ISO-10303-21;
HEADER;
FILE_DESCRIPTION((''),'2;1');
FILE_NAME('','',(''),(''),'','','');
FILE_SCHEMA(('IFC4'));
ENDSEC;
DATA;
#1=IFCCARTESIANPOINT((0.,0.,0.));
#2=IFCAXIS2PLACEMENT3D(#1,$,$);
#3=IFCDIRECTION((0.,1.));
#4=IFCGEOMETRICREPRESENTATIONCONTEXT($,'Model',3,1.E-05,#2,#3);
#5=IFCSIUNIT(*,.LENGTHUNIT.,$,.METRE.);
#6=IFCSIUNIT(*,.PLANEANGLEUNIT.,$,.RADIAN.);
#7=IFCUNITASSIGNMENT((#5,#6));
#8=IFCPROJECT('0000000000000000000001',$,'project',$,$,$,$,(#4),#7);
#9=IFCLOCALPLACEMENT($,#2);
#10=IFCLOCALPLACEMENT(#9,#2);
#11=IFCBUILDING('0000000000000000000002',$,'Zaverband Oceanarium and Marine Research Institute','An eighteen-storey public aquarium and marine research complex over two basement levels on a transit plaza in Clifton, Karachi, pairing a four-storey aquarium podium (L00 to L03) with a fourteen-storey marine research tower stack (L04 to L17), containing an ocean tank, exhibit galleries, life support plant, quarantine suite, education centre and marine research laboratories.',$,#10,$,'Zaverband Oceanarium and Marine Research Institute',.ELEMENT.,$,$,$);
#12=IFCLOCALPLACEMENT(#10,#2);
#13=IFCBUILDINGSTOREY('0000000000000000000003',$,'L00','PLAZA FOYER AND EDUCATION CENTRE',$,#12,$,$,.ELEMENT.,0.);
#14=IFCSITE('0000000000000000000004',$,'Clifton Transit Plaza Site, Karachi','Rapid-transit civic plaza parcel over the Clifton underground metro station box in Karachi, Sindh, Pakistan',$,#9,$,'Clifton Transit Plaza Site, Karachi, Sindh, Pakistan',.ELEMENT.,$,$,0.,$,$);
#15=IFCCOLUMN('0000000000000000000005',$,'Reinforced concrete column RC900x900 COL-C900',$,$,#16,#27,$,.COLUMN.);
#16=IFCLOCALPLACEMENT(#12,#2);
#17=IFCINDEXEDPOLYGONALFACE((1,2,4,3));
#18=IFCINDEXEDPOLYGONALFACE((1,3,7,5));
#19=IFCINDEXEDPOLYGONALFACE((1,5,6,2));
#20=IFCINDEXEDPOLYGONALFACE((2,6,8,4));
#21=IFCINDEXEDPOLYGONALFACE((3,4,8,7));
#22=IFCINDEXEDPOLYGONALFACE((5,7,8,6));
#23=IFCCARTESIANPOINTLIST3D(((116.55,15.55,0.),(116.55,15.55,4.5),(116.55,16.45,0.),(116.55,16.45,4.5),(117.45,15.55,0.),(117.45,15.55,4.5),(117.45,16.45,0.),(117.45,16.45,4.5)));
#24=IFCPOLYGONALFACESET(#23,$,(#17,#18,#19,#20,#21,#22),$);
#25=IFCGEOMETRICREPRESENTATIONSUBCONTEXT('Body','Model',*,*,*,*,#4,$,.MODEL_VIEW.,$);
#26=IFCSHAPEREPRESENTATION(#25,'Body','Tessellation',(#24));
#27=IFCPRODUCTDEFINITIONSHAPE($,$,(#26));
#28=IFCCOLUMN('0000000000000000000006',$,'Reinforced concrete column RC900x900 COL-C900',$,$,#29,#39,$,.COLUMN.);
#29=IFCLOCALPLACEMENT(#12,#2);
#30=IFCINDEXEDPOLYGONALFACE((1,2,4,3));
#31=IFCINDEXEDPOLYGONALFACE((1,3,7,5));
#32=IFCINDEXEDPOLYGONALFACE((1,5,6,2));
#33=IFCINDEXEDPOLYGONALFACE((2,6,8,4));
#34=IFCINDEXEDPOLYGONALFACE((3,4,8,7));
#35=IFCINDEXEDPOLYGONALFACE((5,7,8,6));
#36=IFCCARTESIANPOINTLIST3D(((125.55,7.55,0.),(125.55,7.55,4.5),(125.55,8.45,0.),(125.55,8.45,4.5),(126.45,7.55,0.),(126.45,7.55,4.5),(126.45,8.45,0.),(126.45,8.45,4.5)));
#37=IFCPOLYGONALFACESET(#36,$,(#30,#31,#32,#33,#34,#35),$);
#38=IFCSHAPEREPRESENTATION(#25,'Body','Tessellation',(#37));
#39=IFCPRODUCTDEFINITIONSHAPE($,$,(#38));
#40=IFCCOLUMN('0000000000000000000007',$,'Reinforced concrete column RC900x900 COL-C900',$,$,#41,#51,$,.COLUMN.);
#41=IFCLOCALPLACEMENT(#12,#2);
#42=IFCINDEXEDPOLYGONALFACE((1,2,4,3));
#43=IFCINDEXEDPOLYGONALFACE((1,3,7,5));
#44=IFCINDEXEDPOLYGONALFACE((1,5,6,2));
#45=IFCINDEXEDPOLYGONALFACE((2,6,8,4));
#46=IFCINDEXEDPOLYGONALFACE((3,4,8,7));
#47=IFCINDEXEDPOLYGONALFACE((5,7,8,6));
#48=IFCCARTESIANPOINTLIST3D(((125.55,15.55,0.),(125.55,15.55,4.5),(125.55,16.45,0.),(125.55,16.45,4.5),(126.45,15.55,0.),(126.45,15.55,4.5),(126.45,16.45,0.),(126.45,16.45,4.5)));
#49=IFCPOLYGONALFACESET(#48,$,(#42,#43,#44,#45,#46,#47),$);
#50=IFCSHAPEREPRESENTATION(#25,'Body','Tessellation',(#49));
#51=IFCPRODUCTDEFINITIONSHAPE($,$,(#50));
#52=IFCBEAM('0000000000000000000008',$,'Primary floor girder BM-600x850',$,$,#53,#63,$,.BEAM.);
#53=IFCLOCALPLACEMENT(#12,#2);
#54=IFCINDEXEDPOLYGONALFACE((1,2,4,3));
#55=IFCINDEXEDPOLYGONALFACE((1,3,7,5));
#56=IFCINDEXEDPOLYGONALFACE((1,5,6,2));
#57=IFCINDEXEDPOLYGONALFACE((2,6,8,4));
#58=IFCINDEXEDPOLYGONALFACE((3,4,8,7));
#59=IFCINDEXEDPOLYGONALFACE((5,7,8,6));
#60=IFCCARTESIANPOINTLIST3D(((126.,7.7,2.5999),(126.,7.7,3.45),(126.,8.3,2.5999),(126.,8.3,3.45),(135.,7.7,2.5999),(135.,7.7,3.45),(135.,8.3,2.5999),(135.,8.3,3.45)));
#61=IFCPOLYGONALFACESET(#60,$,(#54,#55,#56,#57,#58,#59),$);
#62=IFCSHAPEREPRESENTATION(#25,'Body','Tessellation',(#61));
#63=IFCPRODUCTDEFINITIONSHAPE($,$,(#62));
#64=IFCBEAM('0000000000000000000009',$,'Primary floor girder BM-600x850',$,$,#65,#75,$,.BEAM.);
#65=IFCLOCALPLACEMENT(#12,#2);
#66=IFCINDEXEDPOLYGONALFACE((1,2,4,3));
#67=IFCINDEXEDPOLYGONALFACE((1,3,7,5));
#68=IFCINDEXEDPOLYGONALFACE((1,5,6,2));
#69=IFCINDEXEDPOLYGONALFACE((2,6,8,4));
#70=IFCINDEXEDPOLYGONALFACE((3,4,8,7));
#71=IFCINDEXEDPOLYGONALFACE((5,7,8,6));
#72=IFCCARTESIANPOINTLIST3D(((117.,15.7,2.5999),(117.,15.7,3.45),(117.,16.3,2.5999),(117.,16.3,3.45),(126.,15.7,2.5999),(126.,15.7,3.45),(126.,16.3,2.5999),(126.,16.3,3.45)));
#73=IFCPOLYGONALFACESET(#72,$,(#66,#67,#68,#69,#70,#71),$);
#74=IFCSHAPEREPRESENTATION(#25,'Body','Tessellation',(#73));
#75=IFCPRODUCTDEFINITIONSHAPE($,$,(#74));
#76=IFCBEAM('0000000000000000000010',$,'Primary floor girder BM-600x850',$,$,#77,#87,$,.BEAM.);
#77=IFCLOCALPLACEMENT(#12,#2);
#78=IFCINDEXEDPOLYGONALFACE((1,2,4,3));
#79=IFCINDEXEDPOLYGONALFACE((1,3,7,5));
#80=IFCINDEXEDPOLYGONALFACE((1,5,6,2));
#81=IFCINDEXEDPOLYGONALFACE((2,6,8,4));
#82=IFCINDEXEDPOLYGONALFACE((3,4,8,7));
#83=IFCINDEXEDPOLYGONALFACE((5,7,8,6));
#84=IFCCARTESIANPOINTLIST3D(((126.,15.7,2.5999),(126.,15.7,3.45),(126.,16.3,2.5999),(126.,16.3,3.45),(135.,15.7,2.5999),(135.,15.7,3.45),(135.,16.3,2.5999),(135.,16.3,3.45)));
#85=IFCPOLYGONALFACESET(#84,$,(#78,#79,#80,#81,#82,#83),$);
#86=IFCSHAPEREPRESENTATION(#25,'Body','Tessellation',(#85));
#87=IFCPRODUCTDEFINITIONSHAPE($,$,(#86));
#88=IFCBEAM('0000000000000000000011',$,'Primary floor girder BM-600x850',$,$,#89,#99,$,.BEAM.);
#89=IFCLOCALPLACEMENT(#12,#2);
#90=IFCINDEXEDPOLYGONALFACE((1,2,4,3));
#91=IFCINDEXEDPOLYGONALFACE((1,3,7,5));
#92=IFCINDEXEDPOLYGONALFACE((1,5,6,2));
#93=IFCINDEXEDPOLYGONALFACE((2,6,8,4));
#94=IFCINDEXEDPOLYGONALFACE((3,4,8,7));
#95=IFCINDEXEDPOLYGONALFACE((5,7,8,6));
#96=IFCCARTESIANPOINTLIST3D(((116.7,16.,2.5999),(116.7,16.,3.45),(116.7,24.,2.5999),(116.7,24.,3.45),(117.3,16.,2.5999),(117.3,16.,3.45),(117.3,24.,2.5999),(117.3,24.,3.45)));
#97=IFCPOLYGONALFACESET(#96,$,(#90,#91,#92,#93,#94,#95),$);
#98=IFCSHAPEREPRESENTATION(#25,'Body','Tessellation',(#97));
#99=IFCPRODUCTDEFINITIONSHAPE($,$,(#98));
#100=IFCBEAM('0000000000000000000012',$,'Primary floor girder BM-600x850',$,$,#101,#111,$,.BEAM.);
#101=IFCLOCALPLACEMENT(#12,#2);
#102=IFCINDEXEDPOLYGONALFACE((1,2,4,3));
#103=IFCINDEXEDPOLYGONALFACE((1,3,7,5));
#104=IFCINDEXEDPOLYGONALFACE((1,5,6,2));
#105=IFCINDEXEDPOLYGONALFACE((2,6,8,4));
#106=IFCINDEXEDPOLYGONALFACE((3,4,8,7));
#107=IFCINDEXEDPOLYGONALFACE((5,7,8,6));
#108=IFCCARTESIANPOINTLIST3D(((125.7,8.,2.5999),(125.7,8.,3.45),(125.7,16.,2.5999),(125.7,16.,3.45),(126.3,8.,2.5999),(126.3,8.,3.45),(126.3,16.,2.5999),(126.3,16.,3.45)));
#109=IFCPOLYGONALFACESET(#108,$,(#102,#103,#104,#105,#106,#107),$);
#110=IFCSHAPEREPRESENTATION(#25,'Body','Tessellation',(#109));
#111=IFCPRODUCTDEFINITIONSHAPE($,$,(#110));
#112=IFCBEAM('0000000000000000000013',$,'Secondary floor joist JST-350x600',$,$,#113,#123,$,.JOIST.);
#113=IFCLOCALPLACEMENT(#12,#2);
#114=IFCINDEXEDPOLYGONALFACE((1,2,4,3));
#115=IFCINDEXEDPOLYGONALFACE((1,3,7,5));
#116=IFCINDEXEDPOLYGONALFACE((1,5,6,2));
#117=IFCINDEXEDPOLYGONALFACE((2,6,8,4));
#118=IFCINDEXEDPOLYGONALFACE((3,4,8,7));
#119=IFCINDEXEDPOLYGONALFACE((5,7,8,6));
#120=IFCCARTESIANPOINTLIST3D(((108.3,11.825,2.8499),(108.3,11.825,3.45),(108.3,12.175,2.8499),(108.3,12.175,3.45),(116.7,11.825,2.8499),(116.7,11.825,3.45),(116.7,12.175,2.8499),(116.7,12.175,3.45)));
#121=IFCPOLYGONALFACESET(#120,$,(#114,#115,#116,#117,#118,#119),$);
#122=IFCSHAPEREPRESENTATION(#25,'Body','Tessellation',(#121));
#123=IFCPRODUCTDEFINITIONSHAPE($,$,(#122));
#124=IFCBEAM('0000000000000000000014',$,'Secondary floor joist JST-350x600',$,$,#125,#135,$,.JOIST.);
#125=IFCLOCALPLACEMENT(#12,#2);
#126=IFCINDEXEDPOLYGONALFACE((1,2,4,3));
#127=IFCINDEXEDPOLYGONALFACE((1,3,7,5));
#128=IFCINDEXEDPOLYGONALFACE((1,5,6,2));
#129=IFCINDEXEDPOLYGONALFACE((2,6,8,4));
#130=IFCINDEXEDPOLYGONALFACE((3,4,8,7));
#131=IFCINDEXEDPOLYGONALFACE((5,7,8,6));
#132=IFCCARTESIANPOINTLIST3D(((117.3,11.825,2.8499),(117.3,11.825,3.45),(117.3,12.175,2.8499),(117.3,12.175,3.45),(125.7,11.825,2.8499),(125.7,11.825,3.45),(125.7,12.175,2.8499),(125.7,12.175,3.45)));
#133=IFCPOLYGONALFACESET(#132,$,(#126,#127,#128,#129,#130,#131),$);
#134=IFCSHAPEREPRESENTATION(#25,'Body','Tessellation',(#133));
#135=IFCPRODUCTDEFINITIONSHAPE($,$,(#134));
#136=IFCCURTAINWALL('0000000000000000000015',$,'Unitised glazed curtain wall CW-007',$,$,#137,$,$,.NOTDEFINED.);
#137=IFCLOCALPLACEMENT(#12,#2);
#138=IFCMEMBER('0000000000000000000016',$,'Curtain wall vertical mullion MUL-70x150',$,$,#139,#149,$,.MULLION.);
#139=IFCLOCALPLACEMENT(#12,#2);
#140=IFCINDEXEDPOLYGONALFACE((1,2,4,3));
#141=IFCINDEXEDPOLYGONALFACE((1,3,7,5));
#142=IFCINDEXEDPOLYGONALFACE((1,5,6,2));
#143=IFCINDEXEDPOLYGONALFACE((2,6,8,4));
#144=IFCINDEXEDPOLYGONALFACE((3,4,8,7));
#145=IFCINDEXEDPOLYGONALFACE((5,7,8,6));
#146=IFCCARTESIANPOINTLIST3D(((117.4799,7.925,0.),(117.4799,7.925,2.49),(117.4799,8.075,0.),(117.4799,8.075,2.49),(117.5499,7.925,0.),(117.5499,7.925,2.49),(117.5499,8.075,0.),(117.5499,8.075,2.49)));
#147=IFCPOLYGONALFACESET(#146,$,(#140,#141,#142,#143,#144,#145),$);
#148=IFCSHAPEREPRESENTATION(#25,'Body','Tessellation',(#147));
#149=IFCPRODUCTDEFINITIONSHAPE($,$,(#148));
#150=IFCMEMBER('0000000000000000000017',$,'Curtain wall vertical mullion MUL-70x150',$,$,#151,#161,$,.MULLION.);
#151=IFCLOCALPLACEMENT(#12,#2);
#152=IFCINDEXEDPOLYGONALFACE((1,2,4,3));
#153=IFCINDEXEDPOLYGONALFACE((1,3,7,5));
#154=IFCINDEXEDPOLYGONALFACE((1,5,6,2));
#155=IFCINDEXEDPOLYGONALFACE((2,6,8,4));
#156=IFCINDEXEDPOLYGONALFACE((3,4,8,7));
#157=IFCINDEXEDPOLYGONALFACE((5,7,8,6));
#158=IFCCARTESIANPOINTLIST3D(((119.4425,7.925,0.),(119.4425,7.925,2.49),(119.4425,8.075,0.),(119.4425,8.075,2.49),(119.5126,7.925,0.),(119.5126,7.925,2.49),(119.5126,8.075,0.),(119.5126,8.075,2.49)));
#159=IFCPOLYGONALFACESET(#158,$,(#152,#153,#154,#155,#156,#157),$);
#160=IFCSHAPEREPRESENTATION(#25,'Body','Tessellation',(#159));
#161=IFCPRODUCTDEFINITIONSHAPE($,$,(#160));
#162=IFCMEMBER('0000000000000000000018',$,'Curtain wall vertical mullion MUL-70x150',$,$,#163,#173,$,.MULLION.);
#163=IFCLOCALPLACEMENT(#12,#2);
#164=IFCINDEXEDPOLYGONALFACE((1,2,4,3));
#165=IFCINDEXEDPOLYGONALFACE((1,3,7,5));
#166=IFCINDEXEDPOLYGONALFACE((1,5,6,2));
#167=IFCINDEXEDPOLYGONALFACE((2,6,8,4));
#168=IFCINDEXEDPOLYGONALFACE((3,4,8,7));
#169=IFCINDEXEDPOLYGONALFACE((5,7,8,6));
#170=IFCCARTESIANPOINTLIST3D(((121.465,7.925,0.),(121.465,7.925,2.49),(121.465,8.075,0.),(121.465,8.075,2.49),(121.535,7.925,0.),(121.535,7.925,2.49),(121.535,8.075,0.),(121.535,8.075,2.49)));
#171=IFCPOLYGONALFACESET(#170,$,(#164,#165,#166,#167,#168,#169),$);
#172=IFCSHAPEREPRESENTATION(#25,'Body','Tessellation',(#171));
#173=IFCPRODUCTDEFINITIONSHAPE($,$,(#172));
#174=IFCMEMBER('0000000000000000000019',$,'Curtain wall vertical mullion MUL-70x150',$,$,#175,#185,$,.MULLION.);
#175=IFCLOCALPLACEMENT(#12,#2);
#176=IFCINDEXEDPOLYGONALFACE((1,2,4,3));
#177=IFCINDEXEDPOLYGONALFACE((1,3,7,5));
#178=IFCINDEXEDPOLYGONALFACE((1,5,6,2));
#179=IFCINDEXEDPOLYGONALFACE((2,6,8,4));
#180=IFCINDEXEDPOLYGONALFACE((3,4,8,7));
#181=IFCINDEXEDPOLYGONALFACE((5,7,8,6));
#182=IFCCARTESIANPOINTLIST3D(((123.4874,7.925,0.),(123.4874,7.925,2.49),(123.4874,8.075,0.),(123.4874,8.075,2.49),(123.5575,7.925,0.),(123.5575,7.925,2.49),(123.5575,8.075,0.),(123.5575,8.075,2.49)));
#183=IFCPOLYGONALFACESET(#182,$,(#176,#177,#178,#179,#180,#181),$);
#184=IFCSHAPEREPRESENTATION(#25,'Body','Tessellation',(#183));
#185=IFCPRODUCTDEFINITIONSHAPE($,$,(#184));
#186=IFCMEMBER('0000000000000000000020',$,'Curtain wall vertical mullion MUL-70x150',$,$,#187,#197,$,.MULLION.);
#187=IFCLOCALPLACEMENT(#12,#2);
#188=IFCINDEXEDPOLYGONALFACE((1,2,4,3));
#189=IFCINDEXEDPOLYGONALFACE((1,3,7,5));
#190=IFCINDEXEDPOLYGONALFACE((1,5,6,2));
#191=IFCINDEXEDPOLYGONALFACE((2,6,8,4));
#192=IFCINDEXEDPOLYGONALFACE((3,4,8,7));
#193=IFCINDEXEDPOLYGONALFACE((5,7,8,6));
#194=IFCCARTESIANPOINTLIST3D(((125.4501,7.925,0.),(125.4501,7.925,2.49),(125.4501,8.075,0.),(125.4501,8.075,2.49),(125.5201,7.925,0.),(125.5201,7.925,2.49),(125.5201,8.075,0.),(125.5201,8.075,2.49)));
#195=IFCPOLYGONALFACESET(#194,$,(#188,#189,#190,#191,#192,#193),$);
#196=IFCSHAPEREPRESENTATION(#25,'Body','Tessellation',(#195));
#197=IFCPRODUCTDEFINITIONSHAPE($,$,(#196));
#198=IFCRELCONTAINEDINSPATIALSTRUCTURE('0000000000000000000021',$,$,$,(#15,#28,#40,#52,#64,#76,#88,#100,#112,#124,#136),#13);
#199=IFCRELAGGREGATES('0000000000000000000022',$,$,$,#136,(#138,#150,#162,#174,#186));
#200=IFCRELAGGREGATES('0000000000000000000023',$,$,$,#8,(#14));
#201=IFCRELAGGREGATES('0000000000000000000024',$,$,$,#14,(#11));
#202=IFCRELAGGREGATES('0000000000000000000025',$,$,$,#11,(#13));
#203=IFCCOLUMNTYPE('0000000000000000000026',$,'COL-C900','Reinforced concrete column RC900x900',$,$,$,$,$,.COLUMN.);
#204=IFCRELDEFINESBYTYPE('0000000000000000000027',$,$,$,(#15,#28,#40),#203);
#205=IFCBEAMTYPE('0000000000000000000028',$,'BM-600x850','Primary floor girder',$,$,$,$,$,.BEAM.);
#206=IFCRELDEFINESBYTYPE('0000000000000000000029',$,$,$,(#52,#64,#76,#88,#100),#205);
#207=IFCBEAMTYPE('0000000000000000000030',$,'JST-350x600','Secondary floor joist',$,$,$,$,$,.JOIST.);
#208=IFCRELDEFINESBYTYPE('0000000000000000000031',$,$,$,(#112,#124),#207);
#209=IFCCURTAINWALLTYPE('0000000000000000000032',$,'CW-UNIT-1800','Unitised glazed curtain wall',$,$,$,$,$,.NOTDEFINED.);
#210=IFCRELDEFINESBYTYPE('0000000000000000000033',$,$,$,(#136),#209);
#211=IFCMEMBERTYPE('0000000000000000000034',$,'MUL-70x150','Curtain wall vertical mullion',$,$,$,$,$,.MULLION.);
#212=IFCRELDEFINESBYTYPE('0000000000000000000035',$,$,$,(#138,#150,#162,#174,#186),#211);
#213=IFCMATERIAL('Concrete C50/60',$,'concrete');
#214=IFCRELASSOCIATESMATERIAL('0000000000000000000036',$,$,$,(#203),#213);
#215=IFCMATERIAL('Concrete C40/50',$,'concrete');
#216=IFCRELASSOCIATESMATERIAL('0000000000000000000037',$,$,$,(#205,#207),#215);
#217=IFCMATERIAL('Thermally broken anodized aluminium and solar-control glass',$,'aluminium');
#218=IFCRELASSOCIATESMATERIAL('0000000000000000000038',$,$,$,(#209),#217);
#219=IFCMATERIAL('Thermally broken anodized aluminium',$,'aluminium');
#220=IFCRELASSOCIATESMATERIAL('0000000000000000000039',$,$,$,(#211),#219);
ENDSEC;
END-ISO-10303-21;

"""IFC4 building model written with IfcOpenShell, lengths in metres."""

from ifc_helpers import new_model, si_unit, direction, frame, origin, origin_2d, place, context, subcontext, project, spatial, rectangle, extrude, material, material_profile, profile_set, type_object, element, aggregate, save


model = new_model("IFC4")

# Units and contexts
model_context = context("Model", 3, precision=1e-05, world=origin(), true_north=direction((0.0, 1.0)))
body_context = subcontext(model_context, "Body", "Model", "MODEL_VIEW")
ifc_project = project(units=[si_unit("LENGTHUNIT", "METRE"), si_unit("PLANEANGLEUNIT", "RADIAN")], contexts=[model_context])

# Site, building, storey
site_placement = place(None, origin())
site = spatial("IfcSite", under=ifc_project, at=site_placement, Name="Clifton Transit Plaza Site, Karachi", Description="Rapid-transit civic plaza parcel over the Clifton underground metro station box in Karachi, Sindh, Pakistan", LongName="Clifton Transit Plaza Site, Karachi, Sindh, Pakistan", CompositionType="ELEMENT", RefElevation=0.0)
building_placement = place(site_placement, origin())
building = spatial("IfcBuilding", under=site, at=building_placement, Name="Zaverband Oceanarium and Marine Research Institute", Description="An eighteen-storey public aquarium and marine research complex over two basement levels on a transit plaza in Clifton, Karachi, pairing a four-storey aquarium podium (L00 to L03) with a fourteen-storey marine research tower stack (L04 to L17), containing an ocean tank, exhibit galleries, life support plant, quarantine suite, education centre and marine research laboratories.", LongName="Zaverband Oceanarium and Marine Research Institute", CompositionType="ELEMENT")
storey_placement = place(building_placement, origin())
storey = spatial("IfcBuildingStorey", under=building, at=storey_placement, Name="L00", Description="PLAZA FOYER AND EDUCATION CENTRE", CompositionType="ELEMENT", Elevation=0.0)

# Columns
ifc_material_1 = material(Name="Concrete C50/60", Category="concrete")
ifc_material_profile_1 = material_profile(ifc_material_1, rectangle(XDim=0.8999, YDim=0.8999, at=origin_2d()), Name="RC900x900")
ifc_profile_set_1 = profile_set([ifc_material_profile_1], Name="Concrete C50/60")
column_type = type_object("IfcColumnType", Name="COL-C900", Description="Reinforced concrete column RC900x900", PredefinedType="COLUMN", material=ifc_profile_set_1)
for number, where, z_axis, x_axis, name in (
    (1, (117.0, 16.0, 0.0), (0.0, 0.0, 1.0), (1.0, 0.0, 0.0), "Reinforced concrete column RC900x900 COL-C900"),
    (2, (126.0, 8.0, 0.0), (0.0, 0.0, 1.0), (1.0, 0.0, 0.0), "Reinforced concrete column RC900x900 COL-C900"),
    (3, (126.0, 16.0, 0.0), (0.0, 0.0, 1.0), (1.0, 0.0, 0.0), "Reinforced concrete column RC900x900 COL-C900"),
):
    element("IfcColumn", number, at=place(storey_placement, frame(where, z_axis=z_axis, x_axis=x_axis)), inside=storey, type_object=column_type, Name=name, PredefinedType="COLUMN", context=body_context, shape_type="SweptSolid", body=[
        extrude(rectangle(XDim=0.8999, YDim=0.8999, at=origin_2d()), origin(), (0.0, 0.0, 1.0), 4.5),
    ])

# Beams
ifc_material_2 = material(Name="Concrete C40/50", Category="concrete")
ifc_material_profile_2 = material_profile(ifc_material_2, rectangle(XDim=0.6001, YDim=0.8501, at=origin_2d()), Name="RC600x850")
ifc_profile_set_2 = profile_set([ifc_material_profile_2], Name="Concrete C40/50")
beam_type_1 = type_object("IfcBeamType", Name="BM-600x850", Description="Primary floor girder", PredefinedType="BEAM", material=ifc_profile_set_2)
for number, where, z_axis, x_axis, name in (
    (4, (126.0, 8.0, 3.0249), (1.0, 0.0, 0.0), (0.0, 1.0, 0.0), "Primary floor girder BM-600x850"),
    (5, (117.0, 16.0, 3.0249), (1.0, 0.0, 0.0), (0.0, 1.0, 0.0), "Primary floor girder BM-600x850"),
    (6, (126.0, 16.0, 3.0249), (1.0, 0.0, 0.0), (0.0, 1.0, 0.0), "Primary floor girder BM-600x850"),
):
    element("IfcBeam", number, at=place(storey_placement, frame(where, z_axis=z_axis, x_axis=x_axis)), inside=storey, type_object=beam_type_1, Name=name, PredefinedType="BEAM", context=body_context, shape_type="SweptSolid", body=[
        extrude(rectangle(XDim=0.6001, YDim=0.8501, at=origin_2d()), origin(), (0.0, 0.0, 1.0), 9.0),
    ])
for number, where, z_axis, x_axis, name in (
    (7, (117.0, 16.0, 3.0249), (0.0, 1.0, 0.0), (-1.0, 0.0, 0.0), "Primary floor girder BM-600x850"),
    (8, (126.0, 8.0, 3.0249), (0.0, 1.0, 0.0), (-1.0, 0.0, 0.0), "Primary floor girder BM-600x850"),
):
    element("IfcBeam", number, at=place(storey_placement, frame(where, z_axis=z_axis, x_axis=x_axis)), inside=storey, type_object=beam_type_1, Name=name, PredefinedType="BEAM", context=body_context, shape_type="SweptSolid", body=[
        extrude(rectangle(XDim=0.6001, YDim=0.8501, at=origin_2d()), origin(), (0.0, 0.0, 1.0), 8.0),
    ])
ifc_material_profile_3 = material_profile(ifc_material_2, rectangle(XDim=0.3501, YDim=0.6001, at=origin_2d()), Name="RC350x600")
ifc_profile_set_3 = profile_set([ifc_material_profile_3], Name="Concrete C40/50")
beam_type_2 = type_object("IfcBeamType", Name="JST-350x600", Description="Secondary floor joist", PredefinedType="JOIST", material=ifc_profile_set_3)
for number, where, z_axis, x_axis, name in (
    (9, (108.3, 12.0, 3.1499), (1.0, 0.0, 0.0), (0.0, 1.0, 0.0), "Secondary floor joist JST-350x600"),
    (10, (117.3, 12.0, 3.1499), (1.0, 0.0, 0.0), (0.0, 1.0, 0.0), "Secondary floor joist JST-350x600"),
):
    element("IfcBeam", number, at=place(storey_placement, frame(where, z_axis=z_axis, x_axis=x_axis)), inside=storey, type_object=beam_type_2, Name=name, PredefinedType="JOIST", context=body_context, shape_type="SweptSolid", body=[
        extrude(rectangle(XDim=0.3501, YDim=0.6001, at=origin_2d()), origin(), (0.0, 0.0, 1.0), 8.3999),
    ])

# Curtain wall, members
ifc_material_3 = material(Name="Thermally broken anodized aluminium and solar-control glass", Category="aluminium")
curtain_wall_type = type_object("IfcCurtainWallType", Name="CW-UNIT-1800", Description="Unitised glazed curtain wall", PredefinedType="NOTDEFINED", material=ifc_material_3)
curtain_wall_placement = place(storey_placement, origin())
curtain_wall = element("IfcCurtainWall", 11, at=curtain_wall_placement, inside=storey, type_object=curtain_wall_type, Name="Unitised glazed curtain wall CW-007", PredefinedType="NOTDEFINED")
ifc_material_4 = material(Name="Thermally broken anodized aluminium", Category="aluminium")
ifc_material_profile_4 = material_profile(ifc_material_4, rectangle(XDim=0.0701, YDim=0.1499, at=origin_2d()), Name="AL-MUL-70x150")
ifc_profile_set_4 = profile_set([ifc_material_profile_4], Name="Thermally broken anodized aluminium")
member_type_1 = type_object("IfcMemberType", Name="MUL-70x150", Description="Curtain wall vertical mullion", PredefinedType="MULLION", material=ifc_profile_set_4)
member_1_placement = place(storey_placement, frame((117.5149, 8.0, 0.0), z_axis=(0.0, 0.0, 1.0), x_axis=(1.0, 0.0, 0.0)))
member_1 = element("IfcMember", 12, at=member_1_placement, type_object=member_type_1, Name="Curtain wall vertical mullion MUL-70x150", PredefinedType="MULLION", context=body_context, shape_type="SweptSolid", body=[
    extrude(rectangle(XDim=0.0701, YDim=0.1499, at=origin_2d()), origin(), (0.0, 0.0, 1.0), 2.49),
])
member_2_placement = place(storey_placement, frame((119.4775, 8.0, 0.0), z_axis=(0.0, 0.0, 1.0), x_axis=(1.0, 0.0, 0.0)))
member_2 = element("IfcMember", 13, at=member_2_placement, type_object=member_type_1, Name="Curtain wall vertical mullion MUL-70x150", PredefinedType="MULLION", context=body_context, shape_type="SweptSolid", body=[
    extrude(rectangle(XDim=0.0701, YDim=0.1499, at=origin_2d()), origin(), (0.0, 0.0, 1.0), 2.49),
])
member_3_placement = place(storey_placement, frame((121.5, 8.0, 0.0), z_axis=(0.0, 0.0, 1.0), x_axis=(1.0, 0.0, 0.0)))
member_3 = element("IfcMember", 14, at=member_3_placement, type_object=member_type_1, Name="Curtain wall vertical mullion MUL-70x150", PredefinedType="MULLION", context=body_context, shape_type="SweptSolid", body=[
    extrude(rectangle(XDim=0.0701, YDim=0.1499, at=origin_2d()), origin(), (0.0, 0.0, 1.0), 2.49),
])
member_4_placement = place(storey_placement, frame((123.5225, 8.0, 0.0), z_axis=(0.0, 0.0, 1.0), x_axis=(1.0, 0.0, 0.0)))
member_4 = element("IfcMember", 15, at=member_4_placement, type_object=member_type_1, Name="Curtain wall vertical mullion MUL-70x150", PredefinedType="MULLION", context=body_context, shape_type="SweptSolid", body=[
    extrude(rectangle(XDim=0.0701, YDim=0.1499, at=origin_2d()), origin(), (0.0, 0.0, 1.0), 2.49),
])
member_5_placement = place(storey_placement, frame((125.4851, 8.0, 0.0), z_axis=(0.0, 0.0, 1.0), x_axis=(1.0, 0.0, 0.0)))
member_5 = element("IfcMember", 16, at=member_5_placement, type_object=member_type_1, Name="Curtain wall vertical mullion MUL-70x150", PredefinedType="MULLION", context=body_context, shape_type="SweptSolid", body=[
    extrude(rectangle(XDim=0.0701, YDim=0.1499, at=origin_2d()), origin(), (0.0, 0.0, 1.0), 2.49),
])
aggregate(curtain_wall, [member_1, member_2, member_3, member_4, member_5])

save(model, "model.ifc")
